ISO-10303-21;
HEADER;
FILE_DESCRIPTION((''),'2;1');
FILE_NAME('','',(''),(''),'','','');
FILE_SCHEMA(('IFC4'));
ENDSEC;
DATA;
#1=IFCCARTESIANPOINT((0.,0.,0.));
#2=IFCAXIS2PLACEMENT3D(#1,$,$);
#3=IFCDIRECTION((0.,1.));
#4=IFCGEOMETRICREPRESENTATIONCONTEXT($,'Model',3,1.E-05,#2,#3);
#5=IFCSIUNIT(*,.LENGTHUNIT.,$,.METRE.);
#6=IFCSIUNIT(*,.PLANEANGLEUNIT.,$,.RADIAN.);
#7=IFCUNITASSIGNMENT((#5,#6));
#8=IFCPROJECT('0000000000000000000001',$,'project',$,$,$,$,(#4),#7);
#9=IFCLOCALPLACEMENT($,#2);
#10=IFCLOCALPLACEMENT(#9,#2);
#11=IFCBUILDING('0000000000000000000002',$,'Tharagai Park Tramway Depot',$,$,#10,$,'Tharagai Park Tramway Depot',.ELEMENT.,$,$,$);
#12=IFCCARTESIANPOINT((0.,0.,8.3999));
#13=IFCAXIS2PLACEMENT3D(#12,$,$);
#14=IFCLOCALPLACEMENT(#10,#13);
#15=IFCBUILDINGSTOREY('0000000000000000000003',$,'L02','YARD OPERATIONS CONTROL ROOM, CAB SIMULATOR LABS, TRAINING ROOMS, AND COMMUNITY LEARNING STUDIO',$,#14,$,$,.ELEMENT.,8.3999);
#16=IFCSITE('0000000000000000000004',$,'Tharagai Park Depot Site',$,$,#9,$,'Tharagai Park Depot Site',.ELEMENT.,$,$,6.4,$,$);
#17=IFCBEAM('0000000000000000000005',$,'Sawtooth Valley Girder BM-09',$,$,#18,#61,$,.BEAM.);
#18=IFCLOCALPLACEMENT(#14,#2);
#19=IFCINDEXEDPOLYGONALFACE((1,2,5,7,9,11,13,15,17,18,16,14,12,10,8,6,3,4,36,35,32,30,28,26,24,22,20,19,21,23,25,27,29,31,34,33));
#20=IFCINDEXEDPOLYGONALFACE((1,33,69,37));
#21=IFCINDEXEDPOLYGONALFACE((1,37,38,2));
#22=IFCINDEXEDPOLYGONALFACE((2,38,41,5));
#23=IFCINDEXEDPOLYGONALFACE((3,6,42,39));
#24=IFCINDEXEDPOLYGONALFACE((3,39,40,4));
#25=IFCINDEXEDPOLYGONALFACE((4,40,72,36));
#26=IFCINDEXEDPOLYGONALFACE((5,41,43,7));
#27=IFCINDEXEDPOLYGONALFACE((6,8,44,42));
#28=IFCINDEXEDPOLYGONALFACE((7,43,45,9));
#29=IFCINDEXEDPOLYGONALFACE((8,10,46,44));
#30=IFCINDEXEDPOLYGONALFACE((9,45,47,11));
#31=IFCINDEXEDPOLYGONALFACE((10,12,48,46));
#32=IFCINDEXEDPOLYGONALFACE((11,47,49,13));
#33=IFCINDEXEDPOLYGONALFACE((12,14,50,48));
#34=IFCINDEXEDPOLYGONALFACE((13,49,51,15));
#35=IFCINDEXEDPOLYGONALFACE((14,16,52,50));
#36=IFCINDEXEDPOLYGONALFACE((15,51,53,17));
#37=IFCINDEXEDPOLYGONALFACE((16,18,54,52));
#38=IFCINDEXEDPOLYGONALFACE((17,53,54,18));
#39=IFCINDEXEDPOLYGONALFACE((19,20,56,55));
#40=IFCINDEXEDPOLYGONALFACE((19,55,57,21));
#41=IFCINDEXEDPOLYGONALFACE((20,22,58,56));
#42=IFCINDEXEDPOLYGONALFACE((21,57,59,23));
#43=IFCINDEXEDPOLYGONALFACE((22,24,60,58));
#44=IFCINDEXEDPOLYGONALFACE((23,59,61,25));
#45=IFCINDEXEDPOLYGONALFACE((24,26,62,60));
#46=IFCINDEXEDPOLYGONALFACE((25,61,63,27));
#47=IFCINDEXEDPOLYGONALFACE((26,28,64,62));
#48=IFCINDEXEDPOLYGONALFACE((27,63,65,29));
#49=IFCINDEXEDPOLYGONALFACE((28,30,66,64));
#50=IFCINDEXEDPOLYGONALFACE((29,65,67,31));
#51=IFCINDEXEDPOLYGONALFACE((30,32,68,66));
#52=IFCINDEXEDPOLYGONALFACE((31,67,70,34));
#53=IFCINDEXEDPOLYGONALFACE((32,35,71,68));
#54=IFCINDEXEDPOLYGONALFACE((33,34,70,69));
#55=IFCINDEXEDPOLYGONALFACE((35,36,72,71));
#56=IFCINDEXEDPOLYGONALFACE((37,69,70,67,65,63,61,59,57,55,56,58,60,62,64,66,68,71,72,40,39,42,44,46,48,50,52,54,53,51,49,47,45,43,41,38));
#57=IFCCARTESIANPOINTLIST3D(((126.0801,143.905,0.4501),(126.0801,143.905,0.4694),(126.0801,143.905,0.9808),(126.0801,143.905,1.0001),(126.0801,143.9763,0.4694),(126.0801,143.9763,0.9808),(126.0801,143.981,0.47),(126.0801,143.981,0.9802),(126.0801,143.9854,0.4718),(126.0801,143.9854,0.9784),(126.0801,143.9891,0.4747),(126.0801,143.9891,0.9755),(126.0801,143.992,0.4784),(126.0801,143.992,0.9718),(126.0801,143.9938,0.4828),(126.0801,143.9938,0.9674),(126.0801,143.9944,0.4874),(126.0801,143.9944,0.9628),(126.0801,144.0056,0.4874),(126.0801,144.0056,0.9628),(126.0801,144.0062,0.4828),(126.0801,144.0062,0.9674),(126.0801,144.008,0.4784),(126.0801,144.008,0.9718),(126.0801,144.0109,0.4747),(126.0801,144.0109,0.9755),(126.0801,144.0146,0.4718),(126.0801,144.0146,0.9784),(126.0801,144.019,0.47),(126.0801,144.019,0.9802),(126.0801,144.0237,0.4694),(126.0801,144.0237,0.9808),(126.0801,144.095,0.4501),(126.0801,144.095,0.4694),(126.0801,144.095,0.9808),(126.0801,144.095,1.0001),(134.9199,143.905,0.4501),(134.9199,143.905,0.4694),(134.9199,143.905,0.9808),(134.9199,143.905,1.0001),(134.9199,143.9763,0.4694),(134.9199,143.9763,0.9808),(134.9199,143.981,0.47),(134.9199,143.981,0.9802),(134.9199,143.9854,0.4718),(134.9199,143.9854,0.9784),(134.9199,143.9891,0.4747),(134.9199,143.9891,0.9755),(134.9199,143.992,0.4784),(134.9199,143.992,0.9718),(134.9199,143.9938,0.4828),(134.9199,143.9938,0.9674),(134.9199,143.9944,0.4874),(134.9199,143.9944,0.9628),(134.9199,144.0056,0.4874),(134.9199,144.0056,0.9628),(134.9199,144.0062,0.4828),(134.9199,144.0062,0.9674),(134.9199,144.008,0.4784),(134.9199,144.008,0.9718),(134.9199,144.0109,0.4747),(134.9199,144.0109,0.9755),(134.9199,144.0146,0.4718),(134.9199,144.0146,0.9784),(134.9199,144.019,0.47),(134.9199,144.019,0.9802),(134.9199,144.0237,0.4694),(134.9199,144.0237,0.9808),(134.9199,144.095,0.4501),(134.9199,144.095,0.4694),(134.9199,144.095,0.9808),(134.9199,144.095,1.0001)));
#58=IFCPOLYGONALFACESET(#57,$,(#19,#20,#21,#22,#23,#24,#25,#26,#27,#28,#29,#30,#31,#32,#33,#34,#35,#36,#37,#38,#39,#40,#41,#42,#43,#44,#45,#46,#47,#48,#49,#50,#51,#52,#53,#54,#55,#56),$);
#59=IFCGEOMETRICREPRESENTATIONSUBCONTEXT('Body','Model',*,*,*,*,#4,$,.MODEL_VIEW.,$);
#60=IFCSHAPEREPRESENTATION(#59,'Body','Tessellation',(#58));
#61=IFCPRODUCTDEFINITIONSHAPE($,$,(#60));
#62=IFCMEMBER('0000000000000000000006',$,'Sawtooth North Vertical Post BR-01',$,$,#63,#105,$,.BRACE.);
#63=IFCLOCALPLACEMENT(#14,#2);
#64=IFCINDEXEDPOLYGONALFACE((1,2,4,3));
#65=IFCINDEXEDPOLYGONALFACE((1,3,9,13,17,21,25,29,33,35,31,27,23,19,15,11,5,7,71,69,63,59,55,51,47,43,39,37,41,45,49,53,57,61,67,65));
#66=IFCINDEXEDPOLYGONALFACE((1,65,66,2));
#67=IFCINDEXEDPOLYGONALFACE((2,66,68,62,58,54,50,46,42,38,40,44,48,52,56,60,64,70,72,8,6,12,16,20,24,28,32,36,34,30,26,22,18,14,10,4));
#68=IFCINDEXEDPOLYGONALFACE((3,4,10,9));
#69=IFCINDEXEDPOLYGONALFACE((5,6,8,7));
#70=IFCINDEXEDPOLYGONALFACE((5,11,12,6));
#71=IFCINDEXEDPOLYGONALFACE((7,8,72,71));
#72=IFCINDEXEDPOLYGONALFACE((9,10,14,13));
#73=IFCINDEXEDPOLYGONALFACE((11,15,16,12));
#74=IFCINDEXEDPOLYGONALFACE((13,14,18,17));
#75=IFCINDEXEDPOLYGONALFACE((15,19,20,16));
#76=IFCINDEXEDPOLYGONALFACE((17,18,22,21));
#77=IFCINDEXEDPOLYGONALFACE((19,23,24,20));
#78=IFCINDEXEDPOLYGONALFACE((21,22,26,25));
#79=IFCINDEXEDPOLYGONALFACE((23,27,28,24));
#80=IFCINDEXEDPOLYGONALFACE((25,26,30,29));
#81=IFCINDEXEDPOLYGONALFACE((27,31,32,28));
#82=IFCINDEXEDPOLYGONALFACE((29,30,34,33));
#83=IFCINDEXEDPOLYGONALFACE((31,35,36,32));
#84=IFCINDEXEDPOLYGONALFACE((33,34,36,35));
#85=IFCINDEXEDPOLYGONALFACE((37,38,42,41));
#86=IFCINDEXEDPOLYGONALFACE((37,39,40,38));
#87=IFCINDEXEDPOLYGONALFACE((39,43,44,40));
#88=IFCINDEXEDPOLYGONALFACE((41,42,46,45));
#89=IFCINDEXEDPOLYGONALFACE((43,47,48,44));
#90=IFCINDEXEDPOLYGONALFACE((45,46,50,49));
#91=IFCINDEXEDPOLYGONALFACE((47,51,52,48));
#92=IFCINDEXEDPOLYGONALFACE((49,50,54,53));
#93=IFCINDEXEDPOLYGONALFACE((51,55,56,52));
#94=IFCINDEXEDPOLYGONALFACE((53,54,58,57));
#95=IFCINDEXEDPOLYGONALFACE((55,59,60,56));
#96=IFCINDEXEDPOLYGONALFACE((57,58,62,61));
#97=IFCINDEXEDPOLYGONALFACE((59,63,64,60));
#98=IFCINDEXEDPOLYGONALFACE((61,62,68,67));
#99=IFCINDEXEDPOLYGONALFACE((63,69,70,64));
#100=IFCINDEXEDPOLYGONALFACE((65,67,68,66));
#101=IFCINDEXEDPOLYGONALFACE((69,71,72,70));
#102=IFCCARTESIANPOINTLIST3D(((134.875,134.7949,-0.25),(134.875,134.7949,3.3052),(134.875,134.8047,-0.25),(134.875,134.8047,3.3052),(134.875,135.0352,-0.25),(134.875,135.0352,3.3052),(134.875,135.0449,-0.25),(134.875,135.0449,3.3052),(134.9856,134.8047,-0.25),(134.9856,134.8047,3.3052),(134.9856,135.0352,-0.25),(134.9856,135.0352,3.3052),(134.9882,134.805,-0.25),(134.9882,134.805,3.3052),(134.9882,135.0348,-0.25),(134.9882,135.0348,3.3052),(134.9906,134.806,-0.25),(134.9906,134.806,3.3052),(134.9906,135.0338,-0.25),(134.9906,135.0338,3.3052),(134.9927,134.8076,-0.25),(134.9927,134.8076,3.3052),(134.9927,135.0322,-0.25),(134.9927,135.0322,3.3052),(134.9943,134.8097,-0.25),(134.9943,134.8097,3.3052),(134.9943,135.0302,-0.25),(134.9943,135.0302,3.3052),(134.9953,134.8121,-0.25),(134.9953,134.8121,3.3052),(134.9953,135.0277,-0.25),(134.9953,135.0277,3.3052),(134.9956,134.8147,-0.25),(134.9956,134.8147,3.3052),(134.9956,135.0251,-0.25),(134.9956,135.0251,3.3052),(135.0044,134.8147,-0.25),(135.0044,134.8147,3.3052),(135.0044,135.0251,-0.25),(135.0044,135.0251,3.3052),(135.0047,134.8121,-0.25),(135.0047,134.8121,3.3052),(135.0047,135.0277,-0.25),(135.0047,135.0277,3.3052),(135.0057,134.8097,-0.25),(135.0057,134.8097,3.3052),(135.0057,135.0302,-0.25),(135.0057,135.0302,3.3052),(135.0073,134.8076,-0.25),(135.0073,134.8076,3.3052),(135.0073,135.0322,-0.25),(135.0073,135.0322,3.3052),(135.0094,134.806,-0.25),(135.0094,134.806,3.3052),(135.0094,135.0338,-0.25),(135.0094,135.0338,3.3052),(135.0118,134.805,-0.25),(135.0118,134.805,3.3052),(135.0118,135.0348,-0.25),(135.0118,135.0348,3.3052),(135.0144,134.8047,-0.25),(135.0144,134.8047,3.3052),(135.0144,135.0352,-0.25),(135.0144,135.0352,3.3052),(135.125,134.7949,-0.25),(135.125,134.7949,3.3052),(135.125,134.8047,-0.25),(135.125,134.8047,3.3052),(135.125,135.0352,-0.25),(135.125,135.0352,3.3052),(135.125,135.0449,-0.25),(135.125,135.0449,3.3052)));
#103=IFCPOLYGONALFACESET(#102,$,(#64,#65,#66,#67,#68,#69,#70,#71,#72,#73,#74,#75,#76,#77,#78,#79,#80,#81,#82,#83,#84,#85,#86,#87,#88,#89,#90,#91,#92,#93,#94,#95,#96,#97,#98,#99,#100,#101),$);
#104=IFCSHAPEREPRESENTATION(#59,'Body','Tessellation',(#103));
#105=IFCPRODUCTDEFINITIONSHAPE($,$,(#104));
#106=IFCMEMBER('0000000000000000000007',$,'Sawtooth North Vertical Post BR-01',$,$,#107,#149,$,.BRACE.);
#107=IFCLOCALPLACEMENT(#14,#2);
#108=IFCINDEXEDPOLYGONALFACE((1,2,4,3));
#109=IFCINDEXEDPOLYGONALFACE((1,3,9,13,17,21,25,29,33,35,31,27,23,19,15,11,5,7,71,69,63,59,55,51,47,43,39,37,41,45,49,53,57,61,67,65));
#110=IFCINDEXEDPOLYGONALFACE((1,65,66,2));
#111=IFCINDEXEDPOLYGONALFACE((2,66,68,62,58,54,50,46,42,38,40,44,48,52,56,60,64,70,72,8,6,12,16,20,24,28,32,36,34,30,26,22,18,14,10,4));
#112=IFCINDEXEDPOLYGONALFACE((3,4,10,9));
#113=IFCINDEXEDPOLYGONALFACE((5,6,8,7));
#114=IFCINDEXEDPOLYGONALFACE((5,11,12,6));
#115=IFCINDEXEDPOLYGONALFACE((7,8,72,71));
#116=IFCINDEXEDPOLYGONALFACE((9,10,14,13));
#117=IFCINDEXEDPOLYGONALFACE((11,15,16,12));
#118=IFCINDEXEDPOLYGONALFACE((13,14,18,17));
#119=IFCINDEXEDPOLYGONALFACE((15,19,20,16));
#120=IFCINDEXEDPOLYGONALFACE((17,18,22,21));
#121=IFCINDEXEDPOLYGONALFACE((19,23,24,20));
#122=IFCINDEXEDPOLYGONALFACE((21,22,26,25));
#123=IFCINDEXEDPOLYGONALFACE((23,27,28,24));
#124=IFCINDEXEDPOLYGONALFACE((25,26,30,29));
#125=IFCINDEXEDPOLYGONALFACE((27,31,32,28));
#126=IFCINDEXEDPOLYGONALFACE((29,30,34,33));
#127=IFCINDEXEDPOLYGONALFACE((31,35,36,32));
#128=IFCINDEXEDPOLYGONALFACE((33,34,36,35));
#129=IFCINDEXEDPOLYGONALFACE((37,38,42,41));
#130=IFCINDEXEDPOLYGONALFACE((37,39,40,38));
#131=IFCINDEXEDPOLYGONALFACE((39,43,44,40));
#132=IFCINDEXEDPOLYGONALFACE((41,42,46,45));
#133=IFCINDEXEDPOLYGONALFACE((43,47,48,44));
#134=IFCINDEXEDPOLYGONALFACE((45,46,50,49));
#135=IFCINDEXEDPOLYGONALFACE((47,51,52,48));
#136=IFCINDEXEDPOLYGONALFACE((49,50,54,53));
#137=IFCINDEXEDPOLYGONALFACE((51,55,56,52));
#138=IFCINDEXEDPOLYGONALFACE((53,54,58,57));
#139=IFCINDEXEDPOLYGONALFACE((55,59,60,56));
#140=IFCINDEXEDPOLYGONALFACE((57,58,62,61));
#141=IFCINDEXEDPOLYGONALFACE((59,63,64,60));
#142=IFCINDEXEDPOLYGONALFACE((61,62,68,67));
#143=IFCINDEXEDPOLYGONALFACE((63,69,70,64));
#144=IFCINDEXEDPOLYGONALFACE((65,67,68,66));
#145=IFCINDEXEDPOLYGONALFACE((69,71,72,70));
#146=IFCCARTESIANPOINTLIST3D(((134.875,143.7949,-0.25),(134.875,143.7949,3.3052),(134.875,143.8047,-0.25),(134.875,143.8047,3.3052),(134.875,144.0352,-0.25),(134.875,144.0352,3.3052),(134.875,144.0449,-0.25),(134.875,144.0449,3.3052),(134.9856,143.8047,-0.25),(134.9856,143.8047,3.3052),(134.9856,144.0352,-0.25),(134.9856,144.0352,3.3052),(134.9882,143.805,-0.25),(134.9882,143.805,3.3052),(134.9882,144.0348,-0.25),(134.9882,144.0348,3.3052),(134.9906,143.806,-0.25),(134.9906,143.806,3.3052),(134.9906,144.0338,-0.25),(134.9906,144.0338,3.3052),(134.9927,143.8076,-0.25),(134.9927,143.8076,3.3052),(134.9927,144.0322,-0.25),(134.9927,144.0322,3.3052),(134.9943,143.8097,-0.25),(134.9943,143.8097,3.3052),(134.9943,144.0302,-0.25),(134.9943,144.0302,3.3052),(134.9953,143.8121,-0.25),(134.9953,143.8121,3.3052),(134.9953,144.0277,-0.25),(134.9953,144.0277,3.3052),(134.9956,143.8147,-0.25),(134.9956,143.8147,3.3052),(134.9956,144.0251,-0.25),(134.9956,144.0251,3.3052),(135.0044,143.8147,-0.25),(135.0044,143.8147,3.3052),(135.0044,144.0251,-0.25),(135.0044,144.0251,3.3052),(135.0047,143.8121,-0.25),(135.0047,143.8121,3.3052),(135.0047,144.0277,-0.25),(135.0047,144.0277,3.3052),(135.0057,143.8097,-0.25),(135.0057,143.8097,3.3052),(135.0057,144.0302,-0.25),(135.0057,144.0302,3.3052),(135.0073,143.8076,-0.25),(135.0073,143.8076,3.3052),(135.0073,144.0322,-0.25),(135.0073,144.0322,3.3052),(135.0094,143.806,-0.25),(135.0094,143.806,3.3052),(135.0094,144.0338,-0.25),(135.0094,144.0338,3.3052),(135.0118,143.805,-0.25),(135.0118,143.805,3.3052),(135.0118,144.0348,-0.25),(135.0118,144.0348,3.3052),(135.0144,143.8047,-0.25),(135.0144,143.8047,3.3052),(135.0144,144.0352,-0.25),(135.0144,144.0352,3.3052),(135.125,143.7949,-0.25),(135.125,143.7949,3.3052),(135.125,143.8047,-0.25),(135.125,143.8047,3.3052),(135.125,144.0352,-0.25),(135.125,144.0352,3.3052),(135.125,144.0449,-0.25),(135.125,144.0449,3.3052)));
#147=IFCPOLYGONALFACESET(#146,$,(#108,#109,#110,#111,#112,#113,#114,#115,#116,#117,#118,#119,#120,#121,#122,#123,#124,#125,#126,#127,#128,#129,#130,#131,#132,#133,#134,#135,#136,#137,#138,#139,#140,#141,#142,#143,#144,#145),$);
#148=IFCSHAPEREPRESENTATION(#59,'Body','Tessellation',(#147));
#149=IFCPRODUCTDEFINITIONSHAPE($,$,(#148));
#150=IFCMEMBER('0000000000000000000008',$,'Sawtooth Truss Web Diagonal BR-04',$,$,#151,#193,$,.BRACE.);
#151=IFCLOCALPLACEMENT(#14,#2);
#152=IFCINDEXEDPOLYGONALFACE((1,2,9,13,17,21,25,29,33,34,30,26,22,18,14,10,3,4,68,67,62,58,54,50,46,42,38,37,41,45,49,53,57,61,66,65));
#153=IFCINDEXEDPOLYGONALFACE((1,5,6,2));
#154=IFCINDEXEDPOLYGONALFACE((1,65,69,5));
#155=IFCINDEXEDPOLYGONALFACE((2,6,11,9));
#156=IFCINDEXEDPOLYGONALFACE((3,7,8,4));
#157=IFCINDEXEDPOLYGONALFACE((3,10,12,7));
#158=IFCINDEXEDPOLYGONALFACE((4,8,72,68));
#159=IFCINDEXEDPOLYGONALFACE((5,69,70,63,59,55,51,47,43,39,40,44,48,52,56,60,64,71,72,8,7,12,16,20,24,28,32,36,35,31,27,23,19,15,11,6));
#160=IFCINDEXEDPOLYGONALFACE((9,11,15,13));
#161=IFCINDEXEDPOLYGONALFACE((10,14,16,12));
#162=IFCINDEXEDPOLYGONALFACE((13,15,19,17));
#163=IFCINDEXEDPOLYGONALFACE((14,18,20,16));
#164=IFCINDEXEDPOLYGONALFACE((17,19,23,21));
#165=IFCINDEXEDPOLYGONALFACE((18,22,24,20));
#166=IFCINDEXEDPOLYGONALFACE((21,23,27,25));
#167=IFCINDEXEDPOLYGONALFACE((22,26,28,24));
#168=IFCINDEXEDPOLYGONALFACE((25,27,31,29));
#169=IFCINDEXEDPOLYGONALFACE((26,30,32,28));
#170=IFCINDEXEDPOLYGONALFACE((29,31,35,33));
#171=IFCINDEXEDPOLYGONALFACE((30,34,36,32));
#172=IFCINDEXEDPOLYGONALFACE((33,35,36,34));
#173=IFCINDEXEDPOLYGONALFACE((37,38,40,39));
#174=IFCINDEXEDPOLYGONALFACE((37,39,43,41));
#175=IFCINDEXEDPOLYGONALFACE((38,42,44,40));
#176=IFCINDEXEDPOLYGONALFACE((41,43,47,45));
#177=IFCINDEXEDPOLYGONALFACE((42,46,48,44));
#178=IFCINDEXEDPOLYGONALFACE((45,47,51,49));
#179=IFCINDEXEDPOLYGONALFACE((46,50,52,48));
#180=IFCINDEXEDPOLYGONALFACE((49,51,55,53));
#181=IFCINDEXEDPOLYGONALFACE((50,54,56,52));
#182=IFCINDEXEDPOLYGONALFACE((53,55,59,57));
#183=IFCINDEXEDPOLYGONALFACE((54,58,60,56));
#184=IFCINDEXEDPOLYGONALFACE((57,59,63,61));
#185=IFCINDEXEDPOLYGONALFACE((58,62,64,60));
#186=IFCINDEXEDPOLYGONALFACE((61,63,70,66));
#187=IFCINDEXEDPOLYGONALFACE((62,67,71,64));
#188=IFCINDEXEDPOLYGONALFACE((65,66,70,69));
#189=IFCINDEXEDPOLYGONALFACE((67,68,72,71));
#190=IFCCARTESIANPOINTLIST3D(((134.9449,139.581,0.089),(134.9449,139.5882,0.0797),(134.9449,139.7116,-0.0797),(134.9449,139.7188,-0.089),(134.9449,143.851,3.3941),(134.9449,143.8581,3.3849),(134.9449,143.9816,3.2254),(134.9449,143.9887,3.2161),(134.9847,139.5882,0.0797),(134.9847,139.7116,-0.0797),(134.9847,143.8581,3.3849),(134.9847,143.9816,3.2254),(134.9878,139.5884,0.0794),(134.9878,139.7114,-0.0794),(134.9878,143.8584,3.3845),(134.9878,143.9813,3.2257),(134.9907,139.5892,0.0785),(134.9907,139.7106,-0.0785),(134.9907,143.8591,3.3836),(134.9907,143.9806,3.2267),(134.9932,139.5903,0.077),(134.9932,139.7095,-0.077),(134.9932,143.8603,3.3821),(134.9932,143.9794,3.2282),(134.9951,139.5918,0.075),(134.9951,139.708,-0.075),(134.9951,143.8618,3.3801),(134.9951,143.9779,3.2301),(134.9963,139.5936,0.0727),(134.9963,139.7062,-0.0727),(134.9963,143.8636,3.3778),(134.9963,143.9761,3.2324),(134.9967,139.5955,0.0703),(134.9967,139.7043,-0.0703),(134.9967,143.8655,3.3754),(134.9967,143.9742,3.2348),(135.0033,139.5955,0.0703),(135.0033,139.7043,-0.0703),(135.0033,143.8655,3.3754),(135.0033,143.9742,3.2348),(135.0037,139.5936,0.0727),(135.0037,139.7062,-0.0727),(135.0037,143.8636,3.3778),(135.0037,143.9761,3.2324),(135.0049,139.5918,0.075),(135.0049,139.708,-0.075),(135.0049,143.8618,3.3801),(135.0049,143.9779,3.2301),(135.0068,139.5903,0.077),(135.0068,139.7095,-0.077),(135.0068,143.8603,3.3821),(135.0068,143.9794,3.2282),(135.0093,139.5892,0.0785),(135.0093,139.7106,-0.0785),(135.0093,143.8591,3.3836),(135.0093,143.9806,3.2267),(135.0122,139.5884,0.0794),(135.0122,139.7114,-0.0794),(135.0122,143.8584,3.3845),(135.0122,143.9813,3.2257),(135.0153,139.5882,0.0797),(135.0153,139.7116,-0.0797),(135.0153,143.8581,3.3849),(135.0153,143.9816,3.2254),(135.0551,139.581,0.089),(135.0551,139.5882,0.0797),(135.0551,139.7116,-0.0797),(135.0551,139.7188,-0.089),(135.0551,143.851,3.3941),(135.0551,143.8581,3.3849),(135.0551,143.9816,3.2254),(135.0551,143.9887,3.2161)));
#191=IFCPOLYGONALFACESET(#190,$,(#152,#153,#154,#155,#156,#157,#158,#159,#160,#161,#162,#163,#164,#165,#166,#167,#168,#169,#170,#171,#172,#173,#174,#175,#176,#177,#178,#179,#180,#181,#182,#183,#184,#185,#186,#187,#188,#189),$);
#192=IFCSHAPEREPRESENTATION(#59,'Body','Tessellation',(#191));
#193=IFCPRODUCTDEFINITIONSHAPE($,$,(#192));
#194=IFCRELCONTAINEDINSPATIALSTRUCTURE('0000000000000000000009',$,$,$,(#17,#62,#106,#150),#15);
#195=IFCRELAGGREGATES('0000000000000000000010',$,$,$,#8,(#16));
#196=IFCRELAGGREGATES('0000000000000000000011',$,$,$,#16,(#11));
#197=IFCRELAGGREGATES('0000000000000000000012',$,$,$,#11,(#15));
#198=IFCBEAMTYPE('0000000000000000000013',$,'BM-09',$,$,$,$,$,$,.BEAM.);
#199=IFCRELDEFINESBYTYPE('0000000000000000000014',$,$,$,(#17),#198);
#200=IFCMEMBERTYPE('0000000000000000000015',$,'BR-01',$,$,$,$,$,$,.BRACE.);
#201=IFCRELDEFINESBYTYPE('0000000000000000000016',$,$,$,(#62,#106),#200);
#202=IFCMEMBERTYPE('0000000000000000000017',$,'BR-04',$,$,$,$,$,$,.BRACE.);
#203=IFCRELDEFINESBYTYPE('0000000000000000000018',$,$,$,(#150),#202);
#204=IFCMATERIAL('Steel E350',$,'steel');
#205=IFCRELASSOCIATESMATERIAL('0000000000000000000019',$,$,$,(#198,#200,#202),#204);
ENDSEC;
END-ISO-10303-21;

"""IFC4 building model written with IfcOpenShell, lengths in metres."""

from ifc_helpers import new_model, si_unit, direction, frame, origin, origin_2d, place, context, subcontext, project, spatial, i_section, extrude, material, material_profile, profile_set, type_object, element, save


model = new_model("IFC4")

# Units and contexts
model_context = context("Model", 3, precision=1e-05, world=origin(), true_north=direction((0.0, 1.0)))
body_context = subcontext(model_context, "Body", "Model", "MODEL_VIEW")
ifc_project = project(units=[si_unit("LENGTHUNIT", "METRE"), si_unit("PLANEANGLEUNIT", "RADIAN")], contexts=[model_context])

# Site, building, storey
site_placement = place(None, origin())
site = spatial("IfcSite", under=ifc_project, at=site_placement, Name="Tharagai Park Depot Site", LongName="Tharagai Park Depot Site", CompositionType="ELEMENT", RefElevation=6.4)
building_placement = place(site_placement, origin())
building = spatial("IfcBuilding", under=site, at=building_placement, Name="Tharagai Park Tramway Depot", LongName="Tharagai Park Tramway Depot", CompositionType="ELEMENT")
storey_placement = place(building_placement, frame((0.0, 0.0, 8.3999)))
storey = spatial("IfcBuildingStorey", under=building, at=storey_placement, Name="L02", Description="YARD OPERATIONS CONTROL ROOM, CAB SIMULATOR LABS, TRAINING ROOMS, AND COMMUNITY LEARNING STUDIO", CompositionType="ELEMENT", Elevation=8.3999)

# Beam
ifc_material_1 = material(Name="Steel E350", Category="steel")
ifc_material_profile_1 = material_profile(ifc_material_1, i_section(OverallWidth=0.1899, OverallDepth=0.55, WebThickness=0.0112, FlangeThickness=0.0193, FilletRadius=0.0181, at=origin_2d()), Name="ISMB 550")
ifc_profile_set_1 = profile_set([ifc_material_profile_1], Name="Steel E350")
beam_type = type_object("IfcBeamType", Name="BM-09", PredefinedType="BEAM", material=ifc_profile_set_1)
beam_placement = place(storey_placement, frame((126.0801, 144.0, 0.7251), z_axis=(1.0, 0.0, 0.0), x_axis=(0.0, 1.0, 0.0)))
element("IfcBeam", 1, at=beam_placement, inside=storey, type_object=beam_type, Name="Sawtooth Valley Girder BM-09", PredefinedType="BEAM", context=body_context, shape_type="SweptSolid", body=[
    extrude(i_section(OverallWidth=0.1899, OverallDepth=0.55, WebThickness=0.0112, FlangeThickness=0.0193, FilletRadius=0.0181, at=origin_2d()), origin(), (0.0, 0.0, 1.0), 8.8398),
])

# Members
ifc_material_profile_2 = material_profile(ifc_material_1, i_section(OverallWidth=0.25, OverallDepth=0.25, WebThickness=0.0088, FlangeThickness=0.0098, FilletRadius=0.01, at=origin_2d()), Name="ISHB 250")
ifc_profile_set_2 = profile_set([ifc_material_profile_2], Name="Steel E350")
member_type_1 = type_object("IfcMemberType", Name="BR-01", PredefinedType="BRACE", material=ifc_profile_set_2)
for number, where, z_axis, x_axis, name in (
    (2, (135.0, 134.9199, -0.25), (0.0, 0.0, 1.0), (1.0, 0.0, 0.0), "Sawtooth North Vertical Post BR-01"),
    (3, (135.0, 143.9199, -0.25), (0.0, 0.0, 1.0), (1.0, 0.0, 0.0), "Sawtooth North Vertical Post BR-01"),
):
    element("IfcMember", number, at=place(storey_placement, frame(where, z_axis=z_axis, x_axis=x_axis)), inside=storey, type_object=member_type_1, Name=name, PredefinedType="BRACE", context=body_context, shape_type="SweptSolid", body=[
        extrude(i_section(OverallWidth=0.25, OverallDepth=0.25, WebThickness=0.0088, FlangeThickness=0.0098, FilletRadius=0.01, at=origin_2d()), origin(), (0.0, 0.0, 1.0), 3.5552),
    ])
ifc_material_profile_3 = material_profile(ifc_material_1, i_section(OverallWidth=0.1101, OverallDepth=0.2251, WebThickness=0.0066, FlangeThickness=0.0117, FilletRadius=0.012, at=origin_2d()), Name="ISMB 225")
ifc_profile_set_3 = profile_set([ifc_material_profile_3], Name="Steel E350")
member_type_2 = type_object("IfcMemberType", Name="BR-04", PredefinedType="BRACE", material=ifc_profile_set_3)
member_1_placement = place(storey_placement, frame((135.0, 139.6499, 0.0), z_axis=(0.0, 0.790782, 0.612098), x_axis=(-1.0, 0.0, 0.0)))
element("IfcMember", 4, at=member_1_placement, inside=storey, type_object=member_type_2, Name="Sawtooth Truss Web Diagonal BR-04", PredefinedType="BRACE", context=body_context, shape_type="SweptSolid", body=[
    extrude(i_section(OverallWidth=0.1101, OverallDepth=0.2251, WebThickness=0.0066, FlangeThickness=0.0117, FilletRadius=0.012, at=origin_2d()), origin(), (0.0, 0.0, 1.0), 5.3997),
])

save(model, "model.ifc")
